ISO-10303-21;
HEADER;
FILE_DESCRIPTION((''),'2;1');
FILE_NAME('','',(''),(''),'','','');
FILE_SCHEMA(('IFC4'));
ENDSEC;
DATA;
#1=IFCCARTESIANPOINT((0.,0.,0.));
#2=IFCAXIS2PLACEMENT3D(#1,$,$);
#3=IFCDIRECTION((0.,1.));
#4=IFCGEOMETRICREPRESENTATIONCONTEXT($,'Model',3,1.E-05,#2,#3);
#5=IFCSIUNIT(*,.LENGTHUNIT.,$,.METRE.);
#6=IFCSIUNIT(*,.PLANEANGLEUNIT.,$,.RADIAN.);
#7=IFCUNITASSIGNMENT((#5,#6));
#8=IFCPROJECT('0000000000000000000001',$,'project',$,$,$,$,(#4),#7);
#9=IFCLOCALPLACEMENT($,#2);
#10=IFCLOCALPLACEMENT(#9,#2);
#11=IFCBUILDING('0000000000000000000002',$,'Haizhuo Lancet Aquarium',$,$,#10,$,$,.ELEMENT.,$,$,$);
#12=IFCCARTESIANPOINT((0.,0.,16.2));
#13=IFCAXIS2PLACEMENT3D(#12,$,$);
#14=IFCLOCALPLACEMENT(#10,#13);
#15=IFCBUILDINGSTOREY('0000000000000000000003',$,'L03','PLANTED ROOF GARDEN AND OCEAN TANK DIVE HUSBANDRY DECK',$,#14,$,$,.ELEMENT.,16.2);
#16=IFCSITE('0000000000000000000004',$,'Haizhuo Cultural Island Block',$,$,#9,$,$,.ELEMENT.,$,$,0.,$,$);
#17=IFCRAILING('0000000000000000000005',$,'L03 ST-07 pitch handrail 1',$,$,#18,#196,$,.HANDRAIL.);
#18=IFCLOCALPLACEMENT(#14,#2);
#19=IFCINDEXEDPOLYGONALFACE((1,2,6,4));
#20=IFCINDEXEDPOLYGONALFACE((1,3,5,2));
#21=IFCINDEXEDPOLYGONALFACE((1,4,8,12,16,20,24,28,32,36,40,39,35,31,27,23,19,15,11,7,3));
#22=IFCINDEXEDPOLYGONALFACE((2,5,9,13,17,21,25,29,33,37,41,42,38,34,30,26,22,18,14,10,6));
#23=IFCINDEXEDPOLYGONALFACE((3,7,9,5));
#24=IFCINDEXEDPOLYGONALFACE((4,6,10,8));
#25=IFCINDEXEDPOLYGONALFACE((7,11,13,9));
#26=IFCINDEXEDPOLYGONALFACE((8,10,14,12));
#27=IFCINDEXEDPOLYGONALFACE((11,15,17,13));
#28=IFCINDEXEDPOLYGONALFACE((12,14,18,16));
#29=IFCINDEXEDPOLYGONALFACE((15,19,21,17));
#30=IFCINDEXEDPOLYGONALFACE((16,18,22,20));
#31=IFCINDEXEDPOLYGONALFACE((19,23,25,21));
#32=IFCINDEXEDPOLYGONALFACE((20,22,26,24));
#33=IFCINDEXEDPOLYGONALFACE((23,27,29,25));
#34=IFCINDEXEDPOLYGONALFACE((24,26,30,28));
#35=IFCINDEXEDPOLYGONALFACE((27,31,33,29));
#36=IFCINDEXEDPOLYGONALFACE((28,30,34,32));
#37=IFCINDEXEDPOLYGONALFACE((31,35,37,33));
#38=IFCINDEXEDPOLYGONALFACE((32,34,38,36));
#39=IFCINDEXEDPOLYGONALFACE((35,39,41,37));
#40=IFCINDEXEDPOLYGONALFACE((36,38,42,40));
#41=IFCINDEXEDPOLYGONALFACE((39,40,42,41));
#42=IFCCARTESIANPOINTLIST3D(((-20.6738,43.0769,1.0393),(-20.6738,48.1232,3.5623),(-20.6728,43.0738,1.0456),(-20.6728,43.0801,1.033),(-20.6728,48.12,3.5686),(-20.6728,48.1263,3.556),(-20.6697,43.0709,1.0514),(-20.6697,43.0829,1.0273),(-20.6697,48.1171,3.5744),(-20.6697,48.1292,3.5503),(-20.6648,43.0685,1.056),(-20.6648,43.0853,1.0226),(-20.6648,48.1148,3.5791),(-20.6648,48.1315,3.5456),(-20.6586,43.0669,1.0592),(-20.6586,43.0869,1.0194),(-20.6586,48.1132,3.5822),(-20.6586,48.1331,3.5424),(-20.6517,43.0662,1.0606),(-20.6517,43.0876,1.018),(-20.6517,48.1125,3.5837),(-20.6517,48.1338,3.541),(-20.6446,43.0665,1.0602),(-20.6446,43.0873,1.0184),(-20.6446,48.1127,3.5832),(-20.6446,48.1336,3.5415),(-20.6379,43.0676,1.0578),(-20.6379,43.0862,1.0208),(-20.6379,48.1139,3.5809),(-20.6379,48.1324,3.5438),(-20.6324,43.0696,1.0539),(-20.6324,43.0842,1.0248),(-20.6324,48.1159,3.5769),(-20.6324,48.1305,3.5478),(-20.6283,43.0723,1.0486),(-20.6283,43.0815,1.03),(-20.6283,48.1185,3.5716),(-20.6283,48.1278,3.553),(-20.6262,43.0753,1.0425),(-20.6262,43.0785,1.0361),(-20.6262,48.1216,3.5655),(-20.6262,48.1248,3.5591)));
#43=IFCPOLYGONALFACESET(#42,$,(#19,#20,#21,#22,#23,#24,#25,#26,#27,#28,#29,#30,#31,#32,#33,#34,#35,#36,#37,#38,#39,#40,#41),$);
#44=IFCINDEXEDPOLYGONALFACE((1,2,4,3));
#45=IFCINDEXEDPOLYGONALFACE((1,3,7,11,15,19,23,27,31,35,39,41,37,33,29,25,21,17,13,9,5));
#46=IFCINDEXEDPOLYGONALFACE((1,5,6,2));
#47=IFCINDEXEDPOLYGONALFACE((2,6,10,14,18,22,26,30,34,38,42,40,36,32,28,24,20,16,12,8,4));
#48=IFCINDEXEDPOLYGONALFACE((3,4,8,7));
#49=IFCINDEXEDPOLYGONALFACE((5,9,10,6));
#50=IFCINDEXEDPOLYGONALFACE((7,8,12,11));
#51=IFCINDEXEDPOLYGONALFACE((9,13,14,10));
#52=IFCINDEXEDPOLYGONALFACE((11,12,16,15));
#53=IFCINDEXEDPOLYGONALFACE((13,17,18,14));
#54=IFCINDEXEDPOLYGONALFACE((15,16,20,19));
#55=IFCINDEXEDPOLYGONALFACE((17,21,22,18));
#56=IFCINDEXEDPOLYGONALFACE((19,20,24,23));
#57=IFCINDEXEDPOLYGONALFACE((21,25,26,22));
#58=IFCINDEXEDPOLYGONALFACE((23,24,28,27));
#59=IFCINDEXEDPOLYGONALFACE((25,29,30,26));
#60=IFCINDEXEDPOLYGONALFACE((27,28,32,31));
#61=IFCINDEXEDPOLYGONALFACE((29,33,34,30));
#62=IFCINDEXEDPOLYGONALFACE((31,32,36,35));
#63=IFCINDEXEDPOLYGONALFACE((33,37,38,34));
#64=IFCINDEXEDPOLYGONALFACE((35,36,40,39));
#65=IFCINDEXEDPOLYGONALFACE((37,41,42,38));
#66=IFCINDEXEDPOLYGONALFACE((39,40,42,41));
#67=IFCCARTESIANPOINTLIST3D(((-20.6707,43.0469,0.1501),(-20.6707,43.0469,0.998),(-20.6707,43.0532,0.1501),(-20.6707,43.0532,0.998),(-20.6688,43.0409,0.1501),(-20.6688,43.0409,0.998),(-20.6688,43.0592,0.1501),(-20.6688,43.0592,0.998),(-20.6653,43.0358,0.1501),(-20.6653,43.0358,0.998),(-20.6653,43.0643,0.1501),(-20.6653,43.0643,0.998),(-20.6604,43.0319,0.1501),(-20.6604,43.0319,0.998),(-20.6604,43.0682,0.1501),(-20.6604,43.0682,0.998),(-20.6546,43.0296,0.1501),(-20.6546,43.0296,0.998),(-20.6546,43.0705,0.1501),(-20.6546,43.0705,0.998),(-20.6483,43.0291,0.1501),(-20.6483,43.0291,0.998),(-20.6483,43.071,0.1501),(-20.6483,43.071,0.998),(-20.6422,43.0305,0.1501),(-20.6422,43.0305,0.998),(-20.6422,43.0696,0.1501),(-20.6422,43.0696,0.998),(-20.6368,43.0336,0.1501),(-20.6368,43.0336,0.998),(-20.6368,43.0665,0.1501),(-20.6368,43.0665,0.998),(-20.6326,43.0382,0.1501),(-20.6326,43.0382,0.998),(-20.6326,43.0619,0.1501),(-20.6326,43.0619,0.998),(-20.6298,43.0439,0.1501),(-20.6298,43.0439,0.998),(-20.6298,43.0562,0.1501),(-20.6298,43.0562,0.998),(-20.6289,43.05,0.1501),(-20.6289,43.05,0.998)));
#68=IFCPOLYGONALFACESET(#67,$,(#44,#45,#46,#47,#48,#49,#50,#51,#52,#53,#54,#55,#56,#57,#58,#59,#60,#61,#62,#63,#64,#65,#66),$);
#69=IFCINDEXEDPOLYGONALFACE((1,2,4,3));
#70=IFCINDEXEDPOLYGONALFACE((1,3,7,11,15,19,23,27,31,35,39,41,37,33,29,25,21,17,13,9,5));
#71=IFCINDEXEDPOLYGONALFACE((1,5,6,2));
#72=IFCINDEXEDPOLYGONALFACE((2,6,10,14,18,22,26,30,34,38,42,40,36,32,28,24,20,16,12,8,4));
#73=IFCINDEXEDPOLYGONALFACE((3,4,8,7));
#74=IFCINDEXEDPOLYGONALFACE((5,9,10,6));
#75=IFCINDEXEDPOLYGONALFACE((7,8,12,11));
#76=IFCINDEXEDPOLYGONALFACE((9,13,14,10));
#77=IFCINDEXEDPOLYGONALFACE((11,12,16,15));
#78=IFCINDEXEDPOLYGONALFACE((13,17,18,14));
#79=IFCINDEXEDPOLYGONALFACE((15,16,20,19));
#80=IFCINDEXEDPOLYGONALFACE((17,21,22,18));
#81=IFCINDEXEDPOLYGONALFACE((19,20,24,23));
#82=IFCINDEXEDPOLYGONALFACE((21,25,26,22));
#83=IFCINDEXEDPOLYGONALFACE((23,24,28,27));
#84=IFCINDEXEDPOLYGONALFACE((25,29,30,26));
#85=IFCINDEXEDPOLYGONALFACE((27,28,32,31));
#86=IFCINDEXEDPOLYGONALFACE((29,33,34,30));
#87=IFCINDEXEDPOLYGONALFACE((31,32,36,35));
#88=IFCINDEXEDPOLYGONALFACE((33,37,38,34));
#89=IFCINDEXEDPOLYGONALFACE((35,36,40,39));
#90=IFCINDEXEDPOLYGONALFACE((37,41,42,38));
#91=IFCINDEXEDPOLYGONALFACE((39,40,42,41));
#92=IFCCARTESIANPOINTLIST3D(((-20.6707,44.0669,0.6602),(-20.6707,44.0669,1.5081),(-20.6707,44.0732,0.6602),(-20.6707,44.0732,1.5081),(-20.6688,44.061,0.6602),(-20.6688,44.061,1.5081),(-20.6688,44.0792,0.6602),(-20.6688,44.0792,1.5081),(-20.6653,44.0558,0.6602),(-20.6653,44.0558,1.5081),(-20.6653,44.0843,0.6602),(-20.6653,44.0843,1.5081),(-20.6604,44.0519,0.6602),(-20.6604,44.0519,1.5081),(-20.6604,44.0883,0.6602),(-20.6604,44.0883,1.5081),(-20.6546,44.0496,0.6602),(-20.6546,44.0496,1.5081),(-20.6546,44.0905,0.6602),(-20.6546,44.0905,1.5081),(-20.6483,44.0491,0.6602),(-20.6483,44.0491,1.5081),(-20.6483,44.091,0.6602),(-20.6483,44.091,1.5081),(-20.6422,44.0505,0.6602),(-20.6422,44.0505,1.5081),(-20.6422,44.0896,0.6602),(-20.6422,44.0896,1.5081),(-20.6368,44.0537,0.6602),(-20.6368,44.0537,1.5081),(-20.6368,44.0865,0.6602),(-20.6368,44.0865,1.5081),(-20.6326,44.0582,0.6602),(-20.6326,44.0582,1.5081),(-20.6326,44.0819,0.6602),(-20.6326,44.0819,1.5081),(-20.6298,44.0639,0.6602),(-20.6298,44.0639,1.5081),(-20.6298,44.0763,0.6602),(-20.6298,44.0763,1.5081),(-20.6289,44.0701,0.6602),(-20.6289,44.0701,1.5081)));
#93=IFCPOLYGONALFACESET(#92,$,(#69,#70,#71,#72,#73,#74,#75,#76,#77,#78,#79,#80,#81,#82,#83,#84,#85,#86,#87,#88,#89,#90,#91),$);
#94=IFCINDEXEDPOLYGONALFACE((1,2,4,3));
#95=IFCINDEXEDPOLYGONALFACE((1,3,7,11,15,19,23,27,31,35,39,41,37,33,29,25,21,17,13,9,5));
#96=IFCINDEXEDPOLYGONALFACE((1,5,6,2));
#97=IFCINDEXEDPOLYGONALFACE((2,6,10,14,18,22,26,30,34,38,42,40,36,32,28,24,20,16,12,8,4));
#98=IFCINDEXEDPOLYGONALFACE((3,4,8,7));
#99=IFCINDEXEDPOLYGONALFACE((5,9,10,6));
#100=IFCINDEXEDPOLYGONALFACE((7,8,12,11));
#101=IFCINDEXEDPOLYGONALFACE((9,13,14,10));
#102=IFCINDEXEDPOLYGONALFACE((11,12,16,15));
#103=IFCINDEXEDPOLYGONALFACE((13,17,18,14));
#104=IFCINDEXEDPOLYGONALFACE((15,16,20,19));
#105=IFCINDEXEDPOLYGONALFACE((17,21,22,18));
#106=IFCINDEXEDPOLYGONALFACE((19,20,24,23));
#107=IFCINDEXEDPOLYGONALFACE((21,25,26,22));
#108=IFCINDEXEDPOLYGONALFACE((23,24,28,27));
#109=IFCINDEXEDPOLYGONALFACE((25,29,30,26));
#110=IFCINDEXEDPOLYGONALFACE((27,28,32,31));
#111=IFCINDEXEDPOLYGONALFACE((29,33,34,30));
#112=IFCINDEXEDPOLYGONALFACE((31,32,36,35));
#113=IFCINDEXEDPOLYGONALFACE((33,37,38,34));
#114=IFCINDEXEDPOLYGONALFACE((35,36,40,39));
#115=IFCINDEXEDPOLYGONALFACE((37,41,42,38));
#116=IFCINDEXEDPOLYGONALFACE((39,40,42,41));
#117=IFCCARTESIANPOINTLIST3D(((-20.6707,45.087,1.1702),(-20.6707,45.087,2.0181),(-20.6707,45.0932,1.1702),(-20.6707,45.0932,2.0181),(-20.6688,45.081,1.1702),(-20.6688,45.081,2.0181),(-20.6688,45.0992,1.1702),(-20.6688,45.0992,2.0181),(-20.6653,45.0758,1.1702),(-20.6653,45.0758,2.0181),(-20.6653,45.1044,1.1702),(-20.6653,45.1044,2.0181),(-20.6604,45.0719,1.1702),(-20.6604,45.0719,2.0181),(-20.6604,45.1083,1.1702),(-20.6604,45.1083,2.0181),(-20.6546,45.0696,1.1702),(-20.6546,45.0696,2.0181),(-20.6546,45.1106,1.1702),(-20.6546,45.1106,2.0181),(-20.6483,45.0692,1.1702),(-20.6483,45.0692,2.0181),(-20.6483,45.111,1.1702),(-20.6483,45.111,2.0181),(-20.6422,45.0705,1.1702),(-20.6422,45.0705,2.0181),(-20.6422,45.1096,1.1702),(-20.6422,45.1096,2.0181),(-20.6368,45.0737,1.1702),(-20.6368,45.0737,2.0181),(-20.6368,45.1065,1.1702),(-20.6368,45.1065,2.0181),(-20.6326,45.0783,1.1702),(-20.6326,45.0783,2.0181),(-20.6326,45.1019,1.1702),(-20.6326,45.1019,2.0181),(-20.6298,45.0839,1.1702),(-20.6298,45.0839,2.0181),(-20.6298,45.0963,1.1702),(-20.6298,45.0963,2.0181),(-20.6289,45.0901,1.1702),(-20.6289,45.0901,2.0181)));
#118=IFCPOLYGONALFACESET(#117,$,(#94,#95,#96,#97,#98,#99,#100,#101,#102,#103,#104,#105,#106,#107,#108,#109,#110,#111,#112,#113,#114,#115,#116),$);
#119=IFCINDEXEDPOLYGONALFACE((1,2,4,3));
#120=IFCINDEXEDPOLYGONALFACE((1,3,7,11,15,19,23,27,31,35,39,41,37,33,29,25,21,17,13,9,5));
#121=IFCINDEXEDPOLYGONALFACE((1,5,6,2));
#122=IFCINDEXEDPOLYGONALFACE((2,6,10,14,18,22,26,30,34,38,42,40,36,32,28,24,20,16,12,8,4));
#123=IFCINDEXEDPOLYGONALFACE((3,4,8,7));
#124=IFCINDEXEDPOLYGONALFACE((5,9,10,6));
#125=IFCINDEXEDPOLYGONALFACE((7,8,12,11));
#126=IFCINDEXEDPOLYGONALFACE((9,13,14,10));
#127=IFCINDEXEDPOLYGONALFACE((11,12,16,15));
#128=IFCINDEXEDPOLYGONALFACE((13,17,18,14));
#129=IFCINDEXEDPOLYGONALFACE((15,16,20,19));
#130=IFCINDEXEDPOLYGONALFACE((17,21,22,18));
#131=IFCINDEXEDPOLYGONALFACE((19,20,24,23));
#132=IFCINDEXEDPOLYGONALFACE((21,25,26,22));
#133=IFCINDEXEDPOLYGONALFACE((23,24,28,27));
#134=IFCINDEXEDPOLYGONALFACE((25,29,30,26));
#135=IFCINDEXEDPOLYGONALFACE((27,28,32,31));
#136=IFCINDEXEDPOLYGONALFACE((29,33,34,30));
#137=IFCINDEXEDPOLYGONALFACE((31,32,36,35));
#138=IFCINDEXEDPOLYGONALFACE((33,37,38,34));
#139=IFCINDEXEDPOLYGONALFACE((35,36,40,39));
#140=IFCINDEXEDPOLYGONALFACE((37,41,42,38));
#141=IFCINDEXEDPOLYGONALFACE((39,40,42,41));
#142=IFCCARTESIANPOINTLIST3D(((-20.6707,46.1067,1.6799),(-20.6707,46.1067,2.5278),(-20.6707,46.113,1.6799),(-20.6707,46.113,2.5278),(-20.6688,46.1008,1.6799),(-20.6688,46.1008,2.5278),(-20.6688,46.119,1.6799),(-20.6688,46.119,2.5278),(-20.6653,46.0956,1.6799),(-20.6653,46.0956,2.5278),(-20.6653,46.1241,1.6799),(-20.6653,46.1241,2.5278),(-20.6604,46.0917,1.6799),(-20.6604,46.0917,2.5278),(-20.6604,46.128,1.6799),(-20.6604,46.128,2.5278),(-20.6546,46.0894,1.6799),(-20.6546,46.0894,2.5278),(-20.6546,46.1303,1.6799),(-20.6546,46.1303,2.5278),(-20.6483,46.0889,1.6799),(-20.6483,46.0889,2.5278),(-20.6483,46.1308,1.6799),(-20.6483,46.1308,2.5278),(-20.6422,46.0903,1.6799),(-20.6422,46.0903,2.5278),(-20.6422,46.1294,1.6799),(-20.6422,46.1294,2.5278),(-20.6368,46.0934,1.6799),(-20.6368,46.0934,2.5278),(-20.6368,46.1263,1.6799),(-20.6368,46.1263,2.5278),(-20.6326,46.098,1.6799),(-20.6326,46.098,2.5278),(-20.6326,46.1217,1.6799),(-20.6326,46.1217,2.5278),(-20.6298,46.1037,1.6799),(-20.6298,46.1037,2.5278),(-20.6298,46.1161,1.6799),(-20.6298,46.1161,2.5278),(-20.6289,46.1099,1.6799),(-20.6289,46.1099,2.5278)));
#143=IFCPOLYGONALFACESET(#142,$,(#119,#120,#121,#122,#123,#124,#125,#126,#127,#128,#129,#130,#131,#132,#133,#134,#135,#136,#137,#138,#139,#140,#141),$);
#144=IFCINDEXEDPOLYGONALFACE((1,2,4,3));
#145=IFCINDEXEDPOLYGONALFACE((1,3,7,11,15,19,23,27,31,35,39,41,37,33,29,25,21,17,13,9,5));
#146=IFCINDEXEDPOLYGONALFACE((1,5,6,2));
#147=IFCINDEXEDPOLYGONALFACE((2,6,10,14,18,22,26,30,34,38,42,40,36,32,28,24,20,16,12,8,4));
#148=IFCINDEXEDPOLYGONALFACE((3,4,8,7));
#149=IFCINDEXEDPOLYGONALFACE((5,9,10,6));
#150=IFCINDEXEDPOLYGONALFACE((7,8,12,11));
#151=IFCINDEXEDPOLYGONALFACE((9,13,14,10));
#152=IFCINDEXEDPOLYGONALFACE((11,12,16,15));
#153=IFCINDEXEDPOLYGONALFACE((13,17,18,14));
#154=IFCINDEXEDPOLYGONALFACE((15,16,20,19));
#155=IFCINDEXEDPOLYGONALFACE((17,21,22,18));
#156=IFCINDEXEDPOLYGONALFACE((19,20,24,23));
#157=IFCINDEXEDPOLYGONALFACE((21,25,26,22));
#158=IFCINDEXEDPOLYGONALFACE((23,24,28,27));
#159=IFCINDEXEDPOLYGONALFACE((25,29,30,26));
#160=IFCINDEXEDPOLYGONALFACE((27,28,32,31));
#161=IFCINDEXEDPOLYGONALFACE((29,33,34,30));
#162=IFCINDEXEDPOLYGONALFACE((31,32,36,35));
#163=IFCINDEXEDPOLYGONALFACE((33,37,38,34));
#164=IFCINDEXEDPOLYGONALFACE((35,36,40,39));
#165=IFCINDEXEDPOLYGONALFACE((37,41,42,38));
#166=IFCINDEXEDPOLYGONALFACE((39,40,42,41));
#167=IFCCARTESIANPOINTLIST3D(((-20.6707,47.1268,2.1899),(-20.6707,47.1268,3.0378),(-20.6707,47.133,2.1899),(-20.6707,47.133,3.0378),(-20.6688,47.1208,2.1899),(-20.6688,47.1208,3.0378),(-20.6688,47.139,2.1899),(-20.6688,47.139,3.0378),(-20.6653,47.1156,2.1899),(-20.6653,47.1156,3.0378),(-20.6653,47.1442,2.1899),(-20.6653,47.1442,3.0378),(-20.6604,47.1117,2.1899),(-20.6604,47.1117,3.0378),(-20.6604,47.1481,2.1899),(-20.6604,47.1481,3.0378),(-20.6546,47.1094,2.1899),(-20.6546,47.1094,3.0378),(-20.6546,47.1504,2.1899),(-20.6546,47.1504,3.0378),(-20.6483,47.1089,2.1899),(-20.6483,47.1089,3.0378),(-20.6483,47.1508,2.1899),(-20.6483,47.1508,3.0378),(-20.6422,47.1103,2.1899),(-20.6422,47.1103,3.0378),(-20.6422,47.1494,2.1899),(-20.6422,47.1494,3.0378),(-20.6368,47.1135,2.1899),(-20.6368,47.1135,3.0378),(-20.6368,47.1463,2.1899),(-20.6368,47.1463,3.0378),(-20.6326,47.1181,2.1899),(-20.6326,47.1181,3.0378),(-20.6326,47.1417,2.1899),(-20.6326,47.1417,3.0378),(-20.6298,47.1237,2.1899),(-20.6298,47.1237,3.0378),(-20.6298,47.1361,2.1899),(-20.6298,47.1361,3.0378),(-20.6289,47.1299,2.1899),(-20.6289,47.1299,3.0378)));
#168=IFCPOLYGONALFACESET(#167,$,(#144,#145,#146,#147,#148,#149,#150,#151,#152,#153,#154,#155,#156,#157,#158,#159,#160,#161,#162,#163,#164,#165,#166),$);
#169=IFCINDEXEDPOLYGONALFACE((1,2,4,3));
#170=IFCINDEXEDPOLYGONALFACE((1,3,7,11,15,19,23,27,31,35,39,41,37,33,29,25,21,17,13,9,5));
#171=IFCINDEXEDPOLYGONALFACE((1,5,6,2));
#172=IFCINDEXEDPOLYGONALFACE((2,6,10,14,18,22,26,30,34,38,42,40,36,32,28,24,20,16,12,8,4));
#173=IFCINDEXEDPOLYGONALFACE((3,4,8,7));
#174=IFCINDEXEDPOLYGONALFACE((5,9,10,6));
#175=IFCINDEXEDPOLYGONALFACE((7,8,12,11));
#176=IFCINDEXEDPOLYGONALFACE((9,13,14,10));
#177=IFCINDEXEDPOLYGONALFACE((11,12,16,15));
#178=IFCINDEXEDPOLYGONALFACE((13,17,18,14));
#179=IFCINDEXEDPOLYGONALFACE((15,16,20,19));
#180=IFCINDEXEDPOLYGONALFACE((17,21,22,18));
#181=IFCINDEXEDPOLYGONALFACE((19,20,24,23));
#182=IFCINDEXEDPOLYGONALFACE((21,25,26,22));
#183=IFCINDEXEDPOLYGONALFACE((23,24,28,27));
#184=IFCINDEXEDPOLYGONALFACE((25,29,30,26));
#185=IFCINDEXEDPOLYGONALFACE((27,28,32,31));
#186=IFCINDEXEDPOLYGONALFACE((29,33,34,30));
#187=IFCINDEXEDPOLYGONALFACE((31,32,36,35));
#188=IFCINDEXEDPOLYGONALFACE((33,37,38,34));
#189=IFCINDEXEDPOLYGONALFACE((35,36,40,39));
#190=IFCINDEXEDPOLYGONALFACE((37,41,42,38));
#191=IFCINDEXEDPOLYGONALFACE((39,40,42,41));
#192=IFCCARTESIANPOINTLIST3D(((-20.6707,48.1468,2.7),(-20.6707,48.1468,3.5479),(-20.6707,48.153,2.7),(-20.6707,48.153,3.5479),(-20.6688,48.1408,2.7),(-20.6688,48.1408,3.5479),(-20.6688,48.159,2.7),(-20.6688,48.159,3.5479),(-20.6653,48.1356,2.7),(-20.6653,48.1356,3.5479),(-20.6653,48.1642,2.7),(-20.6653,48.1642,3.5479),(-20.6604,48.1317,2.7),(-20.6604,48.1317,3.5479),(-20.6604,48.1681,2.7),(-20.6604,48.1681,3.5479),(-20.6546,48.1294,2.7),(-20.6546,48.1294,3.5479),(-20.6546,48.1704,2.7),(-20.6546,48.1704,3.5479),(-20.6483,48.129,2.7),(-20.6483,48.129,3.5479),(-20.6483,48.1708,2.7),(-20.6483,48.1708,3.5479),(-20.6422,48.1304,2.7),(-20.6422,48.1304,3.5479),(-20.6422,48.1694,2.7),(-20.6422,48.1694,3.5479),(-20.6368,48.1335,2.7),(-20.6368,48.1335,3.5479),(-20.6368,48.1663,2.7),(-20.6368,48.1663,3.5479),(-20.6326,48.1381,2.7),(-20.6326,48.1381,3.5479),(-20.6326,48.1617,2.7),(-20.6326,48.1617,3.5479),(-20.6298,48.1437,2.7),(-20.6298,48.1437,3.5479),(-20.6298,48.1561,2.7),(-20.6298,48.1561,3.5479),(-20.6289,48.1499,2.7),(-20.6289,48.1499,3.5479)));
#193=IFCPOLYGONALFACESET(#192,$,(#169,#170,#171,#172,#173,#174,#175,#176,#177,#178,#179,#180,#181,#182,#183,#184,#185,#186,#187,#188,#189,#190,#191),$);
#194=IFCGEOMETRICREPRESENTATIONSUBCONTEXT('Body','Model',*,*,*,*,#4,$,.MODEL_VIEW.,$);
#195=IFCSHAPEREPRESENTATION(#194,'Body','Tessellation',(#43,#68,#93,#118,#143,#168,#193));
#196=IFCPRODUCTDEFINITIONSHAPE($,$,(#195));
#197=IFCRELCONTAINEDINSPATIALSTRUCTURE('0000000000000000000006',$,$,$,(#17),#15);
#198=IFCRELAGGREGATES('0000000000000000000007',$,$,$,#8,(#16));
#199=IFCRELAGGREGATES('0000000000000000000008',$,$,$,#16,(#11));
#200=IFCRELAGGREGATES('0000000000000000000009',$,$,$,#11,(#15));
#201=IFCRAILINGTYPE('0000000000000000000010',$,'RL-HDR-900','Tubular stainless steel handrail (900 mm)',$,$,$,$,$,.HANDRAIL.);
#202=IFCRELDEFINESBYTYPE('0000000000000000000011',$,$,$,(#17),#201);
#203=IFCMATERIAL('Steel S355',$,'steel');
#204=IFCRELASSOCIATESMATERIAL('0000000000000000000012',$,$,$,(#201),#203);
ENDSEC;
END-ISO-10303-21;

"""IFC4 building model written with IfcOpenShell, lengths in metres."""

from ifc_helpers import new_model, si_unit, direction, frame, origin, origin_2d, place, context, subcontext, project, spatial, circle, extrude, material, type_object, element, save


model = new_model("IFC4")

# Units and contexts
model_context = context("Model", 3, precision=1e-05, world=origin(), true_north=direction((0.0, 1.0)))
body_context = subcontext(model_context, "Body", "Model", "MODEL_VIEW")
ifc_project = project(units=[si_unit("LENGTHUNIT", "METRE"), si_unit("PLANEANGLEUNIT", "RADIAN")], contexts=[model_context])

# Site, building, storey
site_placement = place(None, origin())
site = spatial("IfcSite", under=ifc_project, at=site_placement, Name="Haizhuo Cultural Island Block", CompositionType="ELEMENT", RefElevation=0.0)
building_placement = place(site_placement, origin())
building = spatial("IfcBuilding", under=site, at=building_placement, Name="Haizhuo Lancet Aquarium", CompositionType="ELEMENT")
storey_placement = place(building_placement, frame((0.0, 0.0, 16.2)))
storey = spatial("IfcBuildingStorey", under=building, at=storey_placement, Name="L03", Description="PLANTED ROOF GARDEN AND OCEAN TANK DIVE HUSBANDRY DECK", CompositionType="ELEMENT", Elevation=16.2)

# Shared definitions
ifc_material_1 = material(Name="Steel S355", Category="steel")

# Railing
railing_type_1 = type_object("IfcRailingType", Name="RL-HDR-900", Description="Tubular stainless steel handrail (900 mm)", PredefinedType="HANDRAIL", material=ifc_material_1)
railing_1_placement = place(storey_placement, frame((-20.6499, 43.05, 0.1501)))
element("IfcRailing", 1, at=railing_1_placement, inside=storey, type_object=railing_type_1, Name="L03 ST-07 pitch handrail 1", PredefinedType="HANDRAIL", context=body_context, shape_type="SweptSolid", body=[
    extrude(circle(Radius=0.0239, at=origin_2d()), frame((0.0, 0.0269, 0.8892), z_axis=(0.0, 0.894436, 0.447196), x_axis=(-1.0, 0.0, 0.0)), (0.0, 0.0, 1.0), 5.6418),
    extrude(circle(Radius=0.021, at=origin_2d()), origin(), (0.0, 0.0, 1.0), 0.8479),
    extrude(circle(Radius=0.021, at=origin_2d()), frame((0.0, 1.02, 0.51)), (0.0, 0.0, 1.0), 0.8479),
    extrude(circle(Radius=0.021, at=origin_2d()), frame((0.0, 2.04, 1.02)), (0.0, 0.0, 1.0), 0.8479),
    extrude(circle(Radius=0.021, at=origin_2d()), frame((0.0, 3.0598, 1.5298)), (0.0, 0.0, 1.0), 0.8479),
    extrude(circle(Radius=0.021, at=origin_2d()), frame((0.0, 4.0798, 2.0398)), (0.0, 0.0, 1.0), 0.8479),
    extrude(circle(Radius=0.021, at=origin_2d()), frame((0.0, 5.0999, 2.5498)), (0.0, 0.0, 1.0), 0.8479),
])

save(model, "model.ifc")
